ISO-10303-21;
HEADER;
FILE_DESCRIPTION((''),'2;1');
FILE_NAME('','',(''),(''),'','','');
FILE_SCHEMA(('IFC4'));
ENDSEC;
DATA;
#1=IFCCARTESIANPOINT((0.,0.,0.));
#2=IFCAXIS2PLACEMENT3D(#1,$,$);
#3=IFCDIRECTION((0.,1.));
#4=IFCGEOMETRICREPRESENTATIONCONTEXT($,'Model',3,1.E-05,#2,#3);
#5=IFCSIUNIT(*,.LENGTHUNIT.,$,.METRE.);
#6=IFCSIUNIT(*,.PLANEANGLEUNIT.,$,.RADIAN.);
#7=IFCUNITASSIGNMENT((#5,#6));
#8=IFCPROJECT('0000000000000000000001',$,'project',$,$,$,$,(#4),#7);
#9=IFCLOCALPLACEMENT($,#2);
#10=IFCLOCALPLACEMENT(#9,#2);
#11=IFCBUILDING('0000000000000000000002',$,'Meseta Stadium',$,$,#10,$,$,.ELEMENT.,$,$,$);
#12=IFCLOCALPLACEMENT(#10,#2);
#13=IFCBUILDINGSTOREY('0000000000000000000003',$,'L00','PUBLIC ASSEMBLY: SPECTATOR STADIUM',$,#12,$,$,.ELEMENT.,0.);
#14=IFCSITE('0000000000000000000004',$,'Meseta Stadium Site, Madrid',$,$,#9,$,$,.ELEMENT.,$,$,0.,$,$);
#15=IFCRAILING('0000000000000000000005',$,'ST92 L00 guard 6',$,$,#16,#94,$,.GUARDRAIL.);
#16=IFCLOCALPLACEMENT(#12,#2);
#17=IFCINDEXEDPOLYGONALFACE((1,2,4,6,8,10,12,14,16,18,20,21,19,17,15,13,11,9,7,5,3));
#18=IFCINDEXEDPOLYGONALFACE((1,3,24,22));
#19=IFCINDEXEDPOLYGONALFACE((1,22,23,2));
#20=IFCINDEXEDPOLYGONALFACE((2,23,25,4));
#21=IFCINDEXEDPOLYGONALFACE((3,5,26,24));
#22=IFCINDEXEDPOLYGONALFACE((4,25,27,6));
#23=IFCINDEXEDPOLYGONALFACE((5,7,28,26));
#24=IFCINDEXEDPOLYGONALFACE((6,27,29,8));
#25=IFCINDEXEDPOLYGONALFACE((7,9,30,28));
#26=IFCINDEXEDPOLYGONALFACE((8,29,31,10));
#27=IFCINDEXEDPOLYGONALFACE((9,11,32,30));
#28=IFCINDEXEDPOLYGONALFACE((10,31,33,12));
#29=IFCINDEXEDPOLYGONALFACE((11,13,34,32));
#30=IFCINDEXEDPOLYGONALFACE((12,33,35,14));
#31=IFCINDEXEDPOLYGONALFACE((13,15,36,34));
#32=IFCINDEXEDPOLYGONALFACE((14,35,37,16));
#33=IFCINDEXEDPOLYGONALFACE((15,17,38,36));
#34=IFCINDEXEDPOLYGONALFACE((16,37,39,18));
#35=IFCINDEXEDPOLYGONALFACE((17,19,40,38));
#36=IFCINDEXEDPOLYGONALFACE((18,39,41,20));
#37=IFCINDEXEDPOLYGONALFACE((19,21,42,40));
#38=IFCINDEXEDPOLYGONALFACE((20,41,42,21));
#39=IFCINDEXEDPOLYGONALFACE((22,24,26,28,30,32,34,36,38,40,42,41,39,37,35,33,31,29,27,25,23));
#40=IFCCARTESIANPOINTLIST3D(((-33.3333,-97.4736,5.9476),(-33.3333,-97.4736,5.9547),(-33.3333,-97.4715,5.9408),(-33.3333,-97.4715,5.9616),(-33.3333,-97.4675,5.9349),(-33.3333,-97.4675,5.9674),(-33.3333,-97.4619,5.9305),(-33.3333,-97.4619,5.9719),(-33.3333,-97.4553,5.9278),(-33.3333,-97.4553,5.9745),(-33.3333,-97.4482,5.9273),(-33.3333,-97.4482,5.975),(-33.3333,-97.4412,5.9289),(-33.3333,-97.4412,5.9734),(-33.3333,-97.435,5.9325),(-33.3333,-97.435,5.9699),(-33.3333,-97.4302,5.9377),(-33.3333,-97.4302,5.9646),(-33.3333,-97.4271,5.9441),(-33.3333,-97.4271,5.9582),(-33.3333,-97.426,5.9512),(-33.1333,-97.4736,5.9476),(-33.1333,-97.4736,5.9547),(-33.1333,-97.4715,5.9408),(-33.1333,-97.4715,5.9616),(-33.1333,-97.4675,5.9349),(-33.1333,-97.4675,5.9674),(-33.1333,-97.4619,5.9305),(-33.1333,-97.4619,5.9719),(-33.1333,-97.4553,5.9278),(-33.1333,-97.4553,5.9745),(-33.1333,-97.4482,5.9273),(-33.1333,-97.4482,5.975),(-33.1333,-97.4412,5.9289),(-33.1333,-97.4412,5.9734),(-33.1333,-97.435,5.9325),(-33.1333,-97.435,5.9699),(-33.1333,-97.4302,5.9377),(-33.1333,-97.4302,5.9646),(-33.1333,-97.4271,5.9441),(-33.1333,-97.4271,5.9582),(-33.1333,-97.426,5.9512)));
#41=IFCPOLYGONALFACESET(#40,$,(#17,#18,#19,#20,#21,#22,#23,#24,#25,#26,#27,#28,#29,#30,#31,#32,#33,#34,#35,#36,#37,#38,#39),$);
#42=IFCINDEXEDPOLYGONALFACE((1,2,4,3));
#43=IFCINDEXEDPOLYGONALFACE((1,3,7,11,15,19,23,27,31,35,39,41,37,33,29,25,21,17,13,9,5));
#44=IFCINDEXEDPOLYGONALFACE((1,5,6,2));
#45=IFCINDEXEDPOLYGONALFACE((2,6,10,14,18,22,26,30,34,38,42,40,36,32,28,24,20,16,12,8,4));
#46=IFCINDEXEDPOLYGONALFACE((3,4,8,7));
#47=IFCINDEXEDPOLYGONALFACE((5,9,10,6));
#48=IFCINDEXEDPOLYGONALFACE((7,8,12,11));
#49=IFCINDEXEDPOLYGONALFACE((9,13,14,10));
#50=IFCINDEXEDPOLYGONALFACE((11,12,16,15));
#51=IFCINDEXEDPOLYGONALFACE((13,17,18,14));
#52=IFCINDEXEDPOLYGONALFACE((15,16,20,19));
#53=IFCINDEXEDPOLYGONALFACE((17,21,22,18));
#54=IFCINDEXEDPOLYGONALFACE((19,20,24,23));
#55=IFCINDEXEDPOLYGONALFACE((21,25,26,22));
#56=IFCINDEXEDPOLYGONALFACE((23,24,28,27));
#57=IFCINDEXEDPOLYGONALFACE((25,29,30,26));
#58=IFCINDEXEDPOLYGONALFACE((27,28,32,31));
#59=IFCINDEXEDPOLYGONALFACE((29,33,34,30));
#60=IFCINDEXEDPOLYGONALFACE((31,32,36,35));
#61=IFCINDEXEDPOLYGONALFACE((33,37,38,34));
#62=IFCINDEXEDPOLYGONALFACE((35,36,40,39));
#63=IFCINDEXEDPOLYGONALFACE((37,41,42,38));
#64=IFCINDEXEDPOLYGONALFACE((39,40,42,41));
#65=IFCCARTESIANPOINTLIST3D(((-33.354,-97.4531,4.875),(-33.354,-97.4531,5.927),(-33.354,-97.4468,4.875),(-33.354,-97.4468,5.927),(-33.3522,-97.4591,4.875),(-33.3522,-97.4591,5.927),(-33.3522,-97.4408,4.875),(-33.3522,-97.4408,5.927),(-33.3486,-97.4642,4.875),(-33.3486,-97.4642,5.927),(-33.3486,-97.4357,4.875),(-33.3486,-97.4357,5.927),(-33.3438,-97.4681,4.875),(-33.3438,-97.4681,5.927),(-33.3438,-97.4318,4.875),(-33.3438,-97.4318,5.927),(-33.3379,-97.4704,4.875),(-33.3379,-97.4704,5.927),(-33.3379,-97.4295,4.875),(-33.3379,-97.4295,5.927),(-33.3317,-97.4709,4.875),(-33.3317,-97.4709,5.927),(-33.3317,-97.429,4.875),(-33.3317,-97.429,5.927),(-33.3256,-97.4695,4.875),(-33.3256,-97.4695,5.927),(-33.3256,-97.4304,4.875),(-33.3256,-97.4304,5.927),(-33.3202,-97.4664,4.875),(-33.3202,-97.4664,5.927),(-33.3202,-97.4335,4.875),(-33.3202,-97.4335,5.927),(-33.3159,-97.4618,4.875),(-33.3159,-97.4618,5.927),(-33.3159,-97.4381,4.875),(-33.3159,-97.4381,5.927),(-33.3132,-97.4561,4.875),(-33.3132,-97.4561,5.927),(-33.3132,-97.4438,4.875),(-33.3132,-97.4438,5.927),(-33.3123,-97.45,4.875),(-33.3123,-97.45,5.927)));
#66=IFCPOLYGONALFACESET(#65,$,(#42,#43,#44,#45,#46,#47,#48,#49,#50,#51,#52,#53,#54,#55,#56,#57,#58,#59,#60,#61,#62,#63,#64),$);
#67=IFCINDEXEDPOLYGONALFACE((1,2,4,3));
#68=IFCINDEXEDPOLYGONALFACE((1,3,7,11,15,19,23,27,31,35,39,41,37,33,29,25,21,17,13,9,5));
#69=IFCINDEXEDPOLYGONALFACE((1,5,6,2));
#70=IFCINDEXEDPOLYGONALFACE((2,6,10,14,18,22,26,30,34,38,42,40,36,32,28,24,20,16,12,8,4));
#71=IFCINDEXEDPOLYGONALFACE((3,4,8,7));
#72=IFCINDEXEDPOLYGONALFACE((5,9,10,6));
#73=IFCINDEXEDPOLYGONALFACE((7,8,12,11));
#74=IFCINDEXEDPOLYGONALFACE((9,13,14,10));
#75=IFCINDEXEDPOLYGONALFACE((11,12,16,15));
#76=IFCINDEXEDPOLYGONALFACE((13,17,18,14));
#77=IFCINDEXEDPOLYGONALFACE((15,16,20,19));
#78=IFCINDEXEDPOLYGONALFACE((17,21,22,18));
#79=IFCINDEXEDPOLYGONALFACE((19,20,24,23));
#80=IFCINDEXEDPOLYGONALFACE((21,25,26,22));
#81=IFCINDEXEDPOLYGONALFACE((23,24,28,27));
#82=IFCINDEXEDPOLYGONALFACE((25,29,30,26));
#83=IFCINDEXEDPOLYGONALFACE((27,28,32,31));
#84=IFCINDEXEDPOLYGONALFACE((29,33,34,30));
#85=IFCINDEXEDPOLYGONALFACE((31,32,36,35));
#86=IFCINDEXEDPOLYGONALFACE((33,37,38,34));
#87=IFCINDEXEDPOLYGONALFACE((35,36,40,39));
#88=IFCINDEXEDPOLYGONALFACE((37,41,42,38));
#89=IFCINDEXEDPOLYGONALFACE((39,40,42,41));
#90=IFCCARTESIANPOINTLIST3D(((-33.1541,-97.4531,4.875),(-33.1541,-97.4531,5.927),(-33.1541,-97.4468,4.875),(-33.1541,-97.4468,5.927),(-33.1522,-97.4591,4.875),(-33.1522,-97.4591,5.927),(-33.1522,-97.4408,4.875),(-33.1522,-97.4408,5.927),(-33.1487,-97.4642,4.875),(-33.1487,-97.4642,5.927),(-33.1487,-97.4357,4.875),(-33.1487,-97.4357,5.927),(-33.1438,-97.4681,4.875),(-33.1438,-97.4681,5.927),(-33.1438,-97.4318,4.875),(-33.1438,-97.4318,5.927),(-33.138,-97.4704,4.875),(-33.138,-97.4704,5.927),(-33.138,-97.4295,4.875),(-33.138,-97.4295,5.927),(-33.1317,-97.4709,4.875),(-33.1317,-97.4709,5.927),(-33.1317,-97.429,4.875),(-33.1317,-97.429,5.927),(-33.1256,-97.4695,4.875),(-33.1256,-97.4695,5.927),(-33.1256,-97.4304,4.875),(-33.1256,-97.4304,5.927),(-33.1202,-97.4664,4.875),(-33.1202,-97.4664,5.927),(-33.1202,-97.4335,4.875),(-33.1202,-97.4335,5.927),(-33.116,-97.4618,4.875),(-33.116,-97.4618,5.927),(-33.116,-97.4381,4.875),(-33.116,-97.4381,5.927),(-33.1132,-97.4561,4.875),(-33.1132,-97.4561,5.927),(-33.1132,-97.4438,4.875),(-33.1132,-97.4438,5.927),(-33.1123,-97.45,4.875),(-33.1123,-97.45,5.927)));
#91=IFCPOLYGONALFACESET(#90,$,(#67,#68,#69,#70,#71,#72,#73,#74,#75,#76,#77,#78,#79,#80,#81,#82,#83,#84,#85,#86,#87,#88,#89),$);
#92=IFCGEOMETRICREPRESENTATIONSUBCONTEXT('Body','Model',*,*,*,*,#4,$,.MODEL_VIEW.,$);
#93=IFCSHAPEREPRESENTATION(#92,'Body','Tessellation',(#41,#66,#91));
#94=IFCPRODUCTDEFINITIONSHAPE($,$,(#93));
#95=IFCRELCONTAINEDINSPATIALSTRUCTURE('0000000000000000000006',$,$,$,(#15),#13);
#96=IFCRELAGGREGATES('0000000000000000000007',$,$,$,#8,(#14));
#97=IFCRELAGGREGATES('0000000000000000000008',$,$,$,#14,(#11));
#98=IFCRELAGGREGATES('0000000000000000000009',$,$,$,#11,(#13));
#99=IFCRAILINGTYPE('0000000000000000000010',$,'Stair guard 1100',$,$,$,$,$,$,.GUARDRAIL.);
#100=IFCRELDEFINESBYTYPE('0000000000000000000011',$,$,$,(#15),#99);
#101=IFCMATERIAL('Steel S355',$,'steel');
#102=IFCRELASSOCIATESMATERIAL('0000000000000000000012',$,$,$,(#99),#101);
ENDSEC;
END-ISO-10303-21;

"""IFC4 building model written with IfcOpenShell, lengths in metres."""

from ifc_helpers import new_model, si_unit, direction, frame, origin, origin_2d, place, context, subcontext, project, spatial, circle, extrude, material, type_object, element, save


model = new_model("IFC4")

# Units and contexts
model_context = context("Model", 3, precision=1e-05, world=origin(), true_north=direction((0.0, 1.0)))
body_context = subcontext(model_context, "Body", "Model", "MODEL_VIEW")
ifc_project = project(units=[si_unit("LENGTHUNIT", "METRE"), si_unit("PLANEANGLEUNIT", "RADIAN")], contexts=[model_context])

# Site, building, storey
site_placement = place(None, origin())
site = spatial("IfcSite", under=ifc_project, at=site_placement, Name="Meseta Stadium Site, Madrid", CompositionType="ELEMENT", RefElevation=0.0)
building_placement = place(site_placement, origin())
building = spatial("IfcBuilding", under=site, at=building_placement, Name="Meseta Stadium", CompositionType="ELEMENT")
storey_placement = place(building_placement, origin())
storey = spatial("IfcBuildingStorey", under=building, at=storey_placement, Name="L00", Description="PUBLIC ASSEMBLY: SPECTATOR STADIUM", CompositionType="ELEMENT", Elevation=0.0)

# Railing
ifc_material_1 = material(Name="Steel S355", Category="steel")
railing_type_1 = type_object("IfcRailingType", Name="Stair guard 1100", PredefinedType="GUARDRAIL", material=ifc_material_1)
railing_1_placement = place(storey_placement, frame((-33.3333, -97.45, 4.875)))
element("IfcRailing", 1, at=railing_1_placement, inside=storey, type_object=railing_type_1, Name="ST92 L00 guard 6", PredefinedType="GUARDRAIL", context=body_context, shape_type="SweptSolid", body=[
    extrude(circle(Radius=0.0239, at=origin_2d()), frame((0.0, 0.0, 1.0762), z_axis=(1.0, 0.0, 0.0), x_axis=(0.0, 1.0, 0.0)), (0.0, 0.0, 1.0), 0.2),
    extrude(circle(Radius=0.021, at=origin_2d()), origin(), (0.0, 0.0, 1.0), 1.052),
    extrude(circle(Radius=0.021, at=origin_2d()), frame((0.2, 0.0, 0.0)), (0.0, 0.0, 1.0), 1.052),
])

save(model, "model.ifc")
